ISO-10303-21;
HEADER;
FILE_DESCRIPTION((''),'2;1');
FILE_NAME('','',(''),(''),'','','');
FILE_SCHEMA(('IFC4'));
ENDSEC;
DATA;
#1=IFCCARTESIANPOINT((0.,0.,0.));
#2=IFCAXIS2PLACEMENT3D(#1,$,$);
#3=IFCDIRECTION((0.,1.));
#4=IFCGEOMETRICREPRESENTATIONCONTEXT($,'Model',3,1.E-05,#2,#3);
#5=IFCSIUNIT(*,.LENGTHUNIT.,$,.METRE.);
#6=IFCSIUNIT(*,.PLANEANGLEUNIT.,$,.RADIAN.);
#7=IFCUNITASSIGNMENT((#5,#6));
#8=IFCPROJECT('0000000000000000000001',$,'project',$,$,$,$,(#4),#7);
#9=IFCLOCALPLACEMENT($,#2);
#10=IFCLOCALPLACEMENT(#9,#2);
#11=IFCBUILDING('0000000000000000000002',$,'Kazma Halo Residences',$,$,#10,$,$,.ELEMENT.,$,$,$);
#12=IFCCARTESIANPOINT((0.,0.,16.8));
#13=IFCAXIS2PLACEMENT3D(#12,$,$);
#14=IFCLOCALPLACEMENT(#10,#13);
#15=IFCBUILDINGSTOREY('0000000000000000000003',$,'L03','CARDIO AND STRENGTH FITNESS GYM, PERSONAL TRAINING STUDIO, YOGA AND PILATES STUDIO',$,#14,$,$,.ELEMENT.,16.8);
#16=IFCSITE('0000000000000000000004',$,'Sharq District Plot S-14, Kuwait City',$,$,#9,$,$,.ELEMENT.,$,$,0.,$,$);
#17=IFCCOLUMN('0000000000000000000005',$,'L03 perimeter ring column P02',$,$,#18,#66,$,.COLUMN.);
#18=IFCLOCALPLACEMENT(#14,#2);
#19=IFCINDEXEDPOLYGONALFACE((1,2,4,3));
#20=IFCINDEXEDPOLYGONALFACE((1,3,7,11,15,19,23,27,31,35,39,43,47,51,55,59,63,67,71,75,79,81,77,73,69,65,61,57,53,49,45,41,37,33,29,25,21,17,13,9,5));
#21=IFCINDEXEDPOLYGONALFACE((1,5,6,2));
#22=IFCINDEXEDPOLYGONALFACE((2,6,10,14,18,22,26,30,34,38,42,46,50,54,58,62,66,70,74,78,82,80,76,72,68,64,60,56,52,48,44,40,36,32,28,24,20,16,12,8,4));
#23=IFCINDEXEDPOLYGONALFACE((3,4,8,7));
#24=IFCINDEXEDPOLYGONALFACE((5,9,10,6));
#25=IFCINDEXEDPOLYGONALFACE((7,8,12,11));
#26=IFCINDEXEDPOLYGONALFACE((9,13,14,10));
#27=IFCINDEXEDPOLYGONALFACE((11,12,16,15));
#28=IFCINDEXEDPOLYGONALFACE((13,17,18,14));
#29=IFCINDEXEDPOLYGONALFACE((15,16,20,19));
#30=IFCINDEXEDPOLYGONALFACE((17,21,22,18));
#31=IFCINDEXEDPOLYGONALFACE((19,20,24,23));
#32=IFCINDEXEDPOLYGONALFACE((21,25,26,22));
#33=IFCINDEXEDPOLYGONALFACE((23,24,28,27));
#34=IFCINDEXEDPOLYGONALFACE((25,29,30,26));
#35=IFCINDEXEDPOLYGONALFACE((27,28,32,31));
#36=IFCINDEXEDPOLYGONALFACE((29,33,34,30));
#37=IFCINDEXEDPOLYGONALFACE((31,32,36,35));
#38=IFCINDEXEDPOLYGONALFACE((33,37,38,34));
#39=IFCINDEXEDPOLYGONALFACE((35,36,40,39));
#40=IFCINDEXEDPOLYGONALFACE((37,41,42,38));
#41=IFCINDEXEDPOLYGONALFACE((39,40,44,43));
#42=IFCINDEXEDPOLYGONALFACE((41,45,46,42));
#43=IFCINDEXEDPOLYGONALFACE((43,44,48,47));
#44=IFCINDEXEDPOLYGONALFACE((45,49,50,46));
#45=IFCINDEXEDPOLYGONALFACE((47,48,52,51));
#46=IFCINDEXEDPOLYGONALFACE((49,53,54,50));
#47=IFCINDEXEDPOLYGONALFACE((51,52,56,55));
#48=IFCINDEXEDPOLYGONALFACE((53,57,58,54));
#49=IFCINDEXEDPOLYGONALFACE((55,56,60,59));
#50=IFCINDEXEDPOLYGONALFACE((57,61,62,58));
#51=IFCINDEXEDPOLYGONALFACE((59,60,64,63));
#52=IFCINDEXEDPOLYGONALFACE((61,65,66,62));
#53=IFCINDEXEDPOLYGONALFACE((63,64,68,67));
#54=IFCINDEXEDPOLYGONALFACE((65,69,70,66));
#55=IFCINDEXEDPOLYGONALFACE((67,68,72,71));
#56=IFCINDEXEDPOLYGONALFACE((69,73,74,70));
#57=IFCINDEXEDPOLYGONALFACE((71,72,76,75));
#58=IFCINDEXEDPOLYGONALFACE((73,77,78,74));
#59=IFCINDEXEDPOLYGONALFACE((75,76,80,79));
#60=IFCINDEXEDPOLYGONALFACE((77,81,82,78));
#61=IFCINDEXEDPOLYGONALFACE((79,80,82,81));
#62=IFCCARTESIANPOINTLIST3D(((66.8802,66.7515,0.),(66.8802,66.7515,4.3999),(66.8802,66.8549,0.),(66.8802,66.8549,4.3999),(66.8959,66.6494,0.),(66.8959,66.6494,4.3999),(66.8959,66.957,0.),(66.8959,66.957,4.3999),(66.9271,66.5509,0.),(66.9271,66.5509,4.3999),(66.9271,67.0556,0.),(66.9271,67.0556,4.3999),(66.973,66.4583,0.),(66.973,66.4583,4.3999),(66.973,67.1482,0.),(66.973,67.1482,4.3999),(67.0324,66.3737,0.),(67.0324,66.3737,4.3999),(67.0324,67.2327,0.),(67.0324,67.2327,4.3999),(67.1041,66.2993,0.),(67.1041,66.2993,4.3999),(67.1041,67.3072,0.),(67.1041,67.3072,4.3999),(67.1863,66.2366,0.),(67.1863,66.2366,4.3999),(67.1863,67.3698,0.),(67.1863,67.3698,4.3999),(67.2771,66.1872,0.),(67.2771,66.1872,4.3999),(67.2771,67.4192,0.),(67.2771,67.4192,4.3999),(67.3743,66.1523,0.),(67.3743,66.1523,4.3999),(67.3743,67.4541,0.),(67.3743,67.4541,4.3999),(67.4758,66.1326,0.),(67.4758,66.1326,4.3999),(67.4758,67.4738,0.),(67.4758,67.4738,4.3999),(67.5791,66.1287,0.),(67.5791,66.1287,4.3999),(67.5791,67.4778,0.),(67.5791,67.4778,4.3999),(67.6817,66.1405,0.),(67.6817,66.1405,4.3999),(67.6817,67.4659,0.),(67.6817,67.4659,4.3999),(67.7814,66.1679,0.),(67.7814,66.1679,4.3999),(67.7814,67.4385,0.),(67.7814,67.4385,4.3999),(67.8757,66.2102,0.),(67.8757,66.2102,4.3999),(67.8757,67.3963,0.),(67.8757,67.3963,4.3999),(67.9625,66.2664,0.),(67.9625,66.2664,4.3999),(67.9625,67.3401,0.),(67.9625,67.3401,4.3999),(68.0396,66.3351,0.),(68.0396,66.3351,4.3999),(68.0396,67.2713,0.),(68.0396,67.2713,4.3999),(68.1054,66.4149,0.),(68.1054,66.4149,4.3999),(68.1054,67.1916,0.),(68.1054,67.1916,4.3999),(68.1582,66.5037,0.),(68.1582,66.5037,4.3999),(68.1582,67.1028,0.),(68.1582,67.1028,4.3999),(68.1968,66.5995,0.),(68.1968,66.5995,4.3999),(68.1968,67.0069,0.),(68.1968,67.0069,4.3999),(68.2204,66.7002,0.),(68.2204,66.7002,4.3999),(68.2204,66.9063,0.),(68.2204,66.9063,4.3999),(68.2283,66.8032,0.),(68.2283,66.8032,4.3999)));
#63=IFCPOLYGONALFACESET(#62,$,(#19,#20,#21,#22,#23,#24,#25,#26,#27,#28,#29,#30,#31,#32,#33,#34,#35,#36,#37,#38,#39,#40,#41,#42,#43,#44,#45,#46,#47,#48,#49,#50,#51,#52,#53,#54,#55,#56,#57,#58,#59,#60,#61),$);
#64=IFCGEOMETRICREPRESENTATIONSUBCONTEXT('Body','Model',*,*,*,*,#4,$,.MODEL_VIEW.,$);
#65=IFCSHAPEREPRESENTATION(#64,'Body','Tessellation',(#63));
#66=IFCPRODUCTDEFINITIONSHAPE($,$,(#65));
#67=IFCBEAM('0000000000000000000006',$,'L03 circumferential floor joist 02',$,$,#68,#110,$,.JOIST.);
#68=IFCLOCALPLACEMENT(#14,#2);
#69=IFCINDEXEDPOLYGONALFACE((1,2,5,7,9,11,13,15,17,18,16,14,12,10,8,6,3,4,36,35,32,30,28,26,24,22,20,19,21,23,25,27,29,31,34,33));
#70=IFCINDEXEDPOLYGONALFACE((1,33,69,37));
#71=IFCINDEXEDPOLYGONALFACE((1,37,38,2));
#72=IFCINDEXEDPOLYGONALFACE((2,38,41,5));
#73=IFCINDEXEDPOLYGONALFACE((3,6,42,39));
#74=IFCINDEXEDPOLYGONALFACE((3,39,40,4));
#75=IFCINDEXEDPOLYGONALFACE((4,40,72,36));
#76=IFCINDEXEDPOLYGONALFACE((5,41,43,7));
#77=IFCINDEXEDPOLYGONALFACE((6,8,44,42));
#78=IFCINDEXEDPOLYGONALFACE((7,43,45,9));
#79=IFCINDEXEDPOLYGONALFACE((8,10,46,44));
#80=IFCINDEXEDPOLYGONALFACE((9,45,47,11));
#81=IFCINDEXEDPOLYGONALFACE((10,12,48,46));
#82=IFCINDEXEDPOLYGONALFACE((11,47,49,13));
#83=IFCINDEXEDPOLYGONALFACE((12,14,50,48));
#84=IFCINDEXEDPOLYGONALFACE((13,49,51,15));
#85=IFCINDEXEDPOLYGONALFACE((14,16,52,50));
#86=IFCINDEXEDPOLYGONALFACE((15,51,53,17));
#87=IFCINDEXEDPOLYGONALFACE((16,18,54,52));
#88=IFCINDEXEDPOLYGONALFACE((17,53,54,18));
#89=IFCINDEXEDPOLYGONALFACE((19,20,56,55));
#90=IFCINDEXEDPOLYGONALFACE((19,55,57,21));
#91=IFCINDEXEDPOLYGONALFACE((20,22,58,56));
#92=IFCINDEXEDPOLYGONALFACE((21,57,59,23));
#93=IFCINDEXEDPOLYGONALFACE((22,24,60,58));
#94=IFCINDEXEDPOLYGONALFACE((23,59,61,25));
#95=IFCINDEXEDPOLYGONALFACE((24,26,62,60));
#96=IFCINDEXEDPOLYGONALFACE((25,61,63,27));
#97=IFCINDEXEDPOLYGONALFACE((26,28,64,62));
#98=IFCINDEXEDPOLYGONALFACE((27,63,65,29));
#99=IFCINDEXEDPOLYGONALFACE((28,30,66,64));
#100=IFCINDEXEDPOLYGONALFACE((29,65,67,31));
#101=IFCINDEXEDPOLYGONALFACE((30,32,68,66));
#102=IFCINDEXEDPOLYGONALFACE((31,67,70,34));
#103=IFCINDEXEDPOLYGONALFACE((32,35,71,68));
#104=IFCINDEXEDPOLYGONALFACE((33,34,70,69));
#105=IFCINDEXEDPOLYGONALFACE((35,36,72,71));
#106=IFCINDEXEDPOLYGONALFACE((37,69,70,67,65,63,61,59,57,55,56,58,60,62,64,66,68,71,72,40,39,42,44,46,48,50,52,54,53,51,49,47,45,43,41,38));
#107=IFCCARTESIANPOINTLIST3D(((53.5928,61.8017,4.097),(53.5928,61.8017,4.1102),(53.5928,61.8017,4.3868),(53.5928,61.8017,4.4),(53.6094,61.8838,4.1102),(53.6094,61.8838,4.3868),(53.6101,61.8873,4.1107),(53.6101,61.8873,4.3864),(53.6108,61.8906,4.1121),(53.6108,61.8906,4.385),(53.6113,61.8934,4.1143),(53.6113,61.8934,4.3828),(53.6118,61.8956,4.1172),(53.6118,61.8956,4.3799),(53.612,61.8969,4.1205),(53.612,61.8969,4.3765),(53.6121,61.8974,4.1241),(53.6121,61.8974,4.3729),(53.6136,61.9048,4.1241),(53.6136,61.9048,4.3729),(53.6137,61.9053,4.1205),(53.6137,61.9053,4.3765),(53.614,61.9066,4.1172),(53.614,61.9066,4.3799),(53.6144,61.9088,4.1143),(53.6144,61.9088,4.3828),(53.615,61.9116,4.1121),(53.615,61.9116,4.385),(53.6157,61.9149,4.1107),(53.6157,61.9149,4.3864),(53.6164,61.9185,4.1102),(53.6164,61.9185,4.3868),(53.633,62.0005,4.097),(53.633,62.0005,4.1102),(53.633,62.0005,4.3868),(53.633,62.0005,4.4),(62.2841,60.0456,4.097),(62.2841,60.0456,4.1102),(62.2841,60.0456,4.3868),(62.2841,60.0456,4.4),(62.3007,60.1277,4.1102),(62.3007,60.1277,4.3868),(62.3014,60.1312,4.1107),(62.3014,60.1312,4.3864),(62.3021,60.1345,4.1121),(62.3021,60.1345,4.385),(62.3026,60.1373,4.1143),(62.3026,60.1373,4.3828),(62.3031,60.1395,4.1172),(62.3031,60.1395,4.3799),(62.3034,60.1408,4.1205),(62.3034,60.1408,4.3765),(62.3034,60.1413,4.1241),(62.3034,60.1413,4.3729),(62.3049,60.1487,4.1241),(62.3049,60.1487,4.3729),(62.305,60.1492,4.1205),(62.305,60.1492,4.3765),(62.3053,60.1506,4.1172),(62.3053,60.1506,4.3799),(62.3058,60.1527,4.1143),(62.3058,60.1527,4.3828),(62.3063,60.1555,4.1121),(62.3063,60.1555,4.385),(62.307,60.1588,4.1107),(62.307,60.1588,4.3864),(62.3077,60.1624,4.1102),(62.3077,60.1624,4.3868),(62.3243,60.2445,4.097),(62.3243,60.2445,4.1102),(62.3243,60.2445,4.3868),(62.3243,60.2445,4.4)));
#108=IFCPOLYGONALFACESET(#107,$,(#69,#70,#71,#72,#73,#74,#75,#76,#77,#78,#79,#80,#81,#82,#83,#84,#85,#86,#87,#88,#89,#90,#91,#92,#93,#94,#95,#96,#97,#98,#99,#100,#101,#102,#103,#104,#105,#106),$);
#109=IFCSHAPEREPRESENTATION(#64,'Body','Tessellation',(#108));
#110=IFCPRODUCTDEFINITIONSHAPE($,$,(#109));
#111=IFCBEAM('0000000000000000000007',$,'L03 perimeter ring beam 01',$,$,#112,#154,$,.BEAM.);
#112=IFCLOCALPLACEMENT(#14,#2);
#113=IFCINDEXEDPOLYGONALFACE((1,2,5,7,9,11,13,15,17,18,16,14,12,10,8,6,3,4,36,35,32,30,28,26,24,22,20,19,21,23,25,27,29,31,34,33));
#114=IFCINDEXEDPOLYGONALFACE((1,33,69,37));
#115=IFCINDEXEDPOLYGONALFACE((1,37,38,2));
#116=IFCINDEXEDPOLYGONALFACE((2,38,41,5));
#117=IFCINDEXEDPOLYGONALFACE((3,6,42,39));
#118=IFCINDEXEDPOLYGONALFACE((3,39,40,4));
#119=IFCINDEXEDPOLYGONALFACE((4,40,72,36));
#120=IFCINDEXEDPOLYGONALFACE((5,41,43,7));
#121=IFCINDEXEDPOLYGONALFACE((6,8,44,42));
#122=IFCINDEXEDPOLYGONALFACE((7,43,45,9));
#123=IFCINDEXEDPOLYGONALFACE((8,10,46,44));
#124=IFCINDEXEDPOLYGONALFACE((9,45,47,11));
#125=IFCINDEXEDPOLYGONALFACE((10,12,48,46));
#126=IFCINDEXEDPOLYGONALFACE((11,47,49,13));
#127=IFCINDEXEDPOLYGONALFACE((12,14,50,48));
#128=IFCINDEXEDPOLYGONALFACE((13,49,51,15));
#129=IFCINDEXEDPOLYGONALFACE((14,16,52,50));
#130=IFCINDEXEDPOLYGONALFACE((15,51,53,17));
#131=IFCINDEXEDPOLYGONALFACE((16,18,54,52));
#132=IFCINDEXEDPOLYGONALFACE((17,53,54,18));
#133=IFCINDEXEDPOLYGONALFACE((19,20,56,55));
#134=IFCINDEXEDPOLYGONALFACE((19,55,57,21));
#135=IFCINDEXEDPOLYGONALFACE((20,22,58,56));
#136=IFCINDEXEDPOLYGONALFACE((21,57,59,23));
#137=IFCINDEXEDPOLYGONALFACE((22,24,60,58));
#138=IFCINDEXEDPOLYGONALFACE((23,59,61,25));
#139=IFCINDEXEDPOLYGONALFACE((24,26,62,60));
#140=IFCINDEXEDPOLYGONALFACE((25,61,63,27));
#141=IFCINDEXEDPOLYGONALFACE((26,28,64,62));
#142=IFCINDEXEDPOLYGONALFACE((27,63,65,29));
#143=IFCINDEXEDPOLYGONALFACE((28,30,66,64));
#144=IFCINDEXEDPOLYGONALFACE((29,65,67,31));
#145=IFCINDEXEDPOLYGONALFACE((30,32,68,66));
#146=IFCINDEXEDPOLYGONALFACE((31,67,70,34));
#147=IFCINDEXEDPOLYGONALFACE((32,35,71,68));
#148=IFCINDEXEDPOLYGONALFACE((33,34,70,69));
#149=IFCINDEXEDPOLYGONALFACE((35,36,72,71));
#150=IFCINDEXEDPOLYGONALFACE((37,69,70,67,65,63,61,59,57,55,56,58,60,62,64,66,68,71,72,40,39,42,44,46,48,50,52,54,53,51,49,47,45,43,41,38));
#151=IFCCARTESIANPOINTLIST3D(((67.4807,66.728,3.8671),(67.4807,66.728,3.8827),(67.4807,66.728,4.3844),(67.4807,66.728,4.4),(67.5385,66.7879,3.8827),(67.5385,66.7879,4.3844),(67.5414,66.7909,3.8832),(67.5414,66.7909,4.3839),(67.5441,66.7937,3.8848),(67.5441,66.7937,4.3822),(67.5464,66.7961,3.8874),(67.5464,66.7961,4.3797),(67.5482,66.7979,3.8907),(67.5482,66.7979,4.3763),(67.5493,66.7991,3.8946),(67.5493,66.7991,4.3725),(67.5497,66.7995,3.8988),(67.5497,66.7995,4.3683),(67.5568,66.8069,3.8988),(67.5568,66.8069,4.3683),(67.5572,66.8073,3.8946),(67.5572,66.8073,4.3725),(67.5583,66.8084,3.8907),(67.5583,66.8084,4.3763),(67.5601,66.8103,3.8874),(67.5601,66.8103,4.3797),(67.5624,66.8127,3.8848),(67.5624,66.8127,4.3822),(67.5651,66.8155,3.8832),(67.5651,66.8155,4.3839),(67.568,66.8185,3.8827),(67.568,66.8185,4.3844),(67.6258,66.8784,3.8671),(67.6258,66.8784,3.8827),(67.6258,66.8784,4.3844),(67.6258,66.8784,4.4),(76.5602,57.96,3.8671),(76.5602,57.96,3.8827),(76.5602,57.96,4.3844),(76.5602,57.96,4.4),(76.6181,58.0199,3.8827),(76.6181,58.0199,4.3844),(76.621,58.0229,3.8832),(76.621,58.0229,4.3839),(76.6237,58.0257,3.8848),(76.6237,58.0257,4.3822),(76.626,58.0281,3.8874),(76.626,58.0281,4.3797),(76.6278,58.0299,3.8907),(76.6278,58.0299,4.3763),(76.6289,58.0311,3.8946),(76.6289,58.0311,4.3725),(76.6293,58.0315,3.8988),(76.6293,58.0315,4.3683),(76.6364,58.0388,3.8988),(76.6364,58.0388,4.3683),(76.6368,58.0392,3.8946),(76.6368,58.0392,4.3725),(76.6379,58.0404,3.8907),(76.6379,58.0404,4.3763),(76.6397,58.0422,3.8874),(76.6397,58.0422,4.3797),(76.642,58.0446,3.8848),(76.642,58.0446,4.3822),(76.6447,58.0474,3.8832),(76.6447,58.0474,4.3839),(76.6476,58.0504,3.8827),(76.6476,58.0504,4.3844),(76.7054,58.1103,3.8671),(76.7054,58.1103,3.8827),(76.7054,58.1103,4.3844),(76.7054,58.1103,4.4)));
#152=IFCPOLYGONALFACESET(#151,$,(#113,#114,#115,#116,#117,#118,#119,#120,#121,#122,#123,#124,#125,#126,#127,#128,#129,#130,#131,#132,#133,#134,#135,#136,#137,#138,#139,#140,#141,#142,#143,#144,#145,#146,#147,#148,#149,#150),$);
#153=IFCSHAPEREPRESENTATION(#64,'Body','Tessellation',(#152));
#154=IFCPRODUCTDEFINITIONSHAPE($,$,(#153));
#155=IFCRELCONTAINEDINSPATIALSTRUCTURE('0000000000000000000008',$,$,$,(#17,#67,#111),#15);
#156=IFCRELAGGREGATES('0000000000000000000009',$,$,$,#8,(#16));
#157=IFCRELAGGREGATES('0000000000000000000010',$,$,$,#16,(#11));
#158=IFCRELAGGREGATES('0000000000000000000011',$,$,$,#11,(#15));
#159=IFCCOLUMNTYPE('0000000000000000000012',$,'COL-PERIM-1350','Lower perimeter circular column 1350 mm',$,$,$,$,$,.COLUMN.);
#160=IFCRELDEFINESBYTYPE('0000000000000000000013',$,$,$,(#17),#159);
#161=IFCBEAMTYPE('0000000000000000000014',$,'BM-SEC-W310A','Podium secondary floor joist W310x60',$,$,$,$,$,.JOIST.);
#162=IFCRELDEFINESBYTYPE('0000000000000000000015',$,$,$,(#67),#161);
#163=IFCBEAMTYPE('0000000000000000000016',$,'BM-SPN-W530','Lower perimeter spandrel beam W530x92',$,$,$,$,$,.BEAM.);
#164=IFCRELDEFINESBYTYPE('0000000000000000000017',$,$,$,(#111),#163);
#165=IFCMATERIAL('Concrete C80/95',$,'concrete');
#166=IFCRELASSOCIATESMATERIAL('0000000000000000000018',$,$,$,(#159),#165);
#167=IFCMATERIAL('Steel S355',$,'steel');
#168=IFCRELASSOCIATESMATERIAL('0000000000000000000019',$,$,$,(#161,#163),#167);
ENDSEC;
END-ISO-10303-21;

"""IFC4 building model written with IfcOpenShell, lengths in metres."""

from ifc_helpers import new_model, si_unit, direction, frame, origin, origin_2d, place, context, subcontext, project, spatial, circle, i_section, extrude, material, material_profile, profile_set, type_object, element, save


model = new_model("IFC4")

# Units and contexts
model_context = context("Model", 3, precision=1e-05, world=origin(), true_north=direction((0.0, 1.0)))
body_context = subcontext(model_context, "Body", "Model", "MODEL_VIEW")
ifc_project = project(units=[si_unit("LENGTHUNIT", "METRE"), si_unit("PLANEANGLEUNIT", "RADIAN")], contexts=[model_context])

# Site, building, storey
site_placement = place(None, origin())
site = spatial("IfcSite", under=ifc_project, at=site_placement, Name="Sharq District Plot S-14, Kuwait City", CompositionType="ELEMENT", RefElevation=0.0)
building_placement = place(site_placement, origin())
building = spatial("IfcBuilding", under=site, at=building_placement, Name="Kazma Halo Residences", CompositionType="ELEMENT")
storey_placement = place(building_placement, frame((0.0, 0.0, 16.8)))
storey = spatial("IfcBuildingStorey", under=building, at=storey_placement, Name="L03", Description="CARDIO AND STRENGTH FITNESS GYM, PERSONAL TRAINING STUDIO, YOGA AND PILATES STUDIO", CompositionType="ELEMENT", Elevation=16.8)

# Column
ifc_material_1 = material(Name="Concrete C80/95", Category="concrete")
ifc_material_profile_1 = material_profile(ifc_material_1, circle(Radius=0.675, at=origin_2d()), Name="CIRC1350")
ifc_profile_set_1 = profile_set([ifc_material_profile_1], Name="Concrete C80/95")
column_type = type_object("IfcColumnType", Name="COL-PERIM-1350", Description="Lower perimeter circular column 1350 mm", PredefinedType="COLUMN", material=ifc_profile_set_1)
column_placement = place(storey_placement, frame((67.5532, 66.8032, 0.0), z_axis=(0.0, 0.0, 1.0), x_axis=(1.0, 0.0, 0.0)))
element("IfcColumn", 1, at=column_placement, inside=storey, type_object=column_type, Name="L03 perimeter ring column P02", PredefinedType="COLUMN", context=body_context, shape_type="SweptSolid", body=[
    extrude(circle(Radius=0.675, at=origin_2d()), origin(), (0.0, 0.0, 1.0), 4.3999),
])

# Beams
ifc_material_2 = material(Name="Steel S355", Category="steel")
ifc_material_profile_2 = material_profile(ifc_material_2, i_section(OverallWidth=0.2029, OverallDepth=0.303, WebThickness=0.0076, FlangeThickness=0.0132, FilletRadius=0.0139, at=origin_2d()), Name="W310x60")
ifc_profile_set_2 = profile_set([ifc_material_profile_2], Name="Steel S355")
beam_type_1 = type_object("IfcBeamType", Name="BM-SEC-W310A", Description="Podium secondary floor joist W310x60", PredefinedType="JOIST", material=ifc_profile_set_2)
beam_1_placement = place(storey_placement, frame((62.3042, 60.145, 4.2485), z_axis=(-0.980192, 0.198048, 0.0), x_axis=(-0.198048, -0.980192, 0.0)))
element("IfcBeam", 2, at=beam_1_placement, inside=storey, type_object=beam_type_1, Name="L03 circumferential floor joist 02", PredefinedType="JOIST", context=body_context, shape_type="SweptSolid", body=[
    extrude(i_section(OverallWidth=0.2029, OverallDepth=0.303, WebThickness=0.0076, FlangeThickness=0.0132, FilletRadius=0.0139, at=origin_2d()), origin(), (0.0, 0.0, 1.0), 8.8669),
])
ifc_material_profile_3 = material_profile(ifc_material_2, i_section(OverallWidth=0.209, OverallDepth=0.533, WebThickness=0.0103, FlangeThickness=0.0156, FilletRadius=0.0161, at=origin_2d()), Name="W530x92")
ifc_profile_set_3 = profile_set([ifc_material_profile_3], Name="Steel S355")
beam_type_2 = type_object("IfcBeamType", Name="BM-SPN-W530", Description="Lower perimeter spandrel beam W530x92", PredefinedType="BEAM", material=ifc_profile_set_3)
beam_2_placement = place(storey_placement, frame((76.6328, 58.0352, 4.1335), z_axis=(-0.719339, 0.694659, 0.0), x_axis=(-0.694659, -0.719339, 0.0)))
element("IfcBeam", 3, at=beam_2_placement, inside=storey, type_object=beam_type_2, Name="L03 perimeter ring beam 01", PredefinedType="BEAM", context=body_context, shape_type="SweptSolid", body=[
    extrude(i_section(OverallWidth=0.209, OverallDepth=0.533, WebThickness=0.0103, FlangeThickness=0.0156, FilletRadius=0.0161, at=origin_2d()), origin(), (0.0, 0.0, 1.0), 12.6221),
])

save(model, "model.ifc")
